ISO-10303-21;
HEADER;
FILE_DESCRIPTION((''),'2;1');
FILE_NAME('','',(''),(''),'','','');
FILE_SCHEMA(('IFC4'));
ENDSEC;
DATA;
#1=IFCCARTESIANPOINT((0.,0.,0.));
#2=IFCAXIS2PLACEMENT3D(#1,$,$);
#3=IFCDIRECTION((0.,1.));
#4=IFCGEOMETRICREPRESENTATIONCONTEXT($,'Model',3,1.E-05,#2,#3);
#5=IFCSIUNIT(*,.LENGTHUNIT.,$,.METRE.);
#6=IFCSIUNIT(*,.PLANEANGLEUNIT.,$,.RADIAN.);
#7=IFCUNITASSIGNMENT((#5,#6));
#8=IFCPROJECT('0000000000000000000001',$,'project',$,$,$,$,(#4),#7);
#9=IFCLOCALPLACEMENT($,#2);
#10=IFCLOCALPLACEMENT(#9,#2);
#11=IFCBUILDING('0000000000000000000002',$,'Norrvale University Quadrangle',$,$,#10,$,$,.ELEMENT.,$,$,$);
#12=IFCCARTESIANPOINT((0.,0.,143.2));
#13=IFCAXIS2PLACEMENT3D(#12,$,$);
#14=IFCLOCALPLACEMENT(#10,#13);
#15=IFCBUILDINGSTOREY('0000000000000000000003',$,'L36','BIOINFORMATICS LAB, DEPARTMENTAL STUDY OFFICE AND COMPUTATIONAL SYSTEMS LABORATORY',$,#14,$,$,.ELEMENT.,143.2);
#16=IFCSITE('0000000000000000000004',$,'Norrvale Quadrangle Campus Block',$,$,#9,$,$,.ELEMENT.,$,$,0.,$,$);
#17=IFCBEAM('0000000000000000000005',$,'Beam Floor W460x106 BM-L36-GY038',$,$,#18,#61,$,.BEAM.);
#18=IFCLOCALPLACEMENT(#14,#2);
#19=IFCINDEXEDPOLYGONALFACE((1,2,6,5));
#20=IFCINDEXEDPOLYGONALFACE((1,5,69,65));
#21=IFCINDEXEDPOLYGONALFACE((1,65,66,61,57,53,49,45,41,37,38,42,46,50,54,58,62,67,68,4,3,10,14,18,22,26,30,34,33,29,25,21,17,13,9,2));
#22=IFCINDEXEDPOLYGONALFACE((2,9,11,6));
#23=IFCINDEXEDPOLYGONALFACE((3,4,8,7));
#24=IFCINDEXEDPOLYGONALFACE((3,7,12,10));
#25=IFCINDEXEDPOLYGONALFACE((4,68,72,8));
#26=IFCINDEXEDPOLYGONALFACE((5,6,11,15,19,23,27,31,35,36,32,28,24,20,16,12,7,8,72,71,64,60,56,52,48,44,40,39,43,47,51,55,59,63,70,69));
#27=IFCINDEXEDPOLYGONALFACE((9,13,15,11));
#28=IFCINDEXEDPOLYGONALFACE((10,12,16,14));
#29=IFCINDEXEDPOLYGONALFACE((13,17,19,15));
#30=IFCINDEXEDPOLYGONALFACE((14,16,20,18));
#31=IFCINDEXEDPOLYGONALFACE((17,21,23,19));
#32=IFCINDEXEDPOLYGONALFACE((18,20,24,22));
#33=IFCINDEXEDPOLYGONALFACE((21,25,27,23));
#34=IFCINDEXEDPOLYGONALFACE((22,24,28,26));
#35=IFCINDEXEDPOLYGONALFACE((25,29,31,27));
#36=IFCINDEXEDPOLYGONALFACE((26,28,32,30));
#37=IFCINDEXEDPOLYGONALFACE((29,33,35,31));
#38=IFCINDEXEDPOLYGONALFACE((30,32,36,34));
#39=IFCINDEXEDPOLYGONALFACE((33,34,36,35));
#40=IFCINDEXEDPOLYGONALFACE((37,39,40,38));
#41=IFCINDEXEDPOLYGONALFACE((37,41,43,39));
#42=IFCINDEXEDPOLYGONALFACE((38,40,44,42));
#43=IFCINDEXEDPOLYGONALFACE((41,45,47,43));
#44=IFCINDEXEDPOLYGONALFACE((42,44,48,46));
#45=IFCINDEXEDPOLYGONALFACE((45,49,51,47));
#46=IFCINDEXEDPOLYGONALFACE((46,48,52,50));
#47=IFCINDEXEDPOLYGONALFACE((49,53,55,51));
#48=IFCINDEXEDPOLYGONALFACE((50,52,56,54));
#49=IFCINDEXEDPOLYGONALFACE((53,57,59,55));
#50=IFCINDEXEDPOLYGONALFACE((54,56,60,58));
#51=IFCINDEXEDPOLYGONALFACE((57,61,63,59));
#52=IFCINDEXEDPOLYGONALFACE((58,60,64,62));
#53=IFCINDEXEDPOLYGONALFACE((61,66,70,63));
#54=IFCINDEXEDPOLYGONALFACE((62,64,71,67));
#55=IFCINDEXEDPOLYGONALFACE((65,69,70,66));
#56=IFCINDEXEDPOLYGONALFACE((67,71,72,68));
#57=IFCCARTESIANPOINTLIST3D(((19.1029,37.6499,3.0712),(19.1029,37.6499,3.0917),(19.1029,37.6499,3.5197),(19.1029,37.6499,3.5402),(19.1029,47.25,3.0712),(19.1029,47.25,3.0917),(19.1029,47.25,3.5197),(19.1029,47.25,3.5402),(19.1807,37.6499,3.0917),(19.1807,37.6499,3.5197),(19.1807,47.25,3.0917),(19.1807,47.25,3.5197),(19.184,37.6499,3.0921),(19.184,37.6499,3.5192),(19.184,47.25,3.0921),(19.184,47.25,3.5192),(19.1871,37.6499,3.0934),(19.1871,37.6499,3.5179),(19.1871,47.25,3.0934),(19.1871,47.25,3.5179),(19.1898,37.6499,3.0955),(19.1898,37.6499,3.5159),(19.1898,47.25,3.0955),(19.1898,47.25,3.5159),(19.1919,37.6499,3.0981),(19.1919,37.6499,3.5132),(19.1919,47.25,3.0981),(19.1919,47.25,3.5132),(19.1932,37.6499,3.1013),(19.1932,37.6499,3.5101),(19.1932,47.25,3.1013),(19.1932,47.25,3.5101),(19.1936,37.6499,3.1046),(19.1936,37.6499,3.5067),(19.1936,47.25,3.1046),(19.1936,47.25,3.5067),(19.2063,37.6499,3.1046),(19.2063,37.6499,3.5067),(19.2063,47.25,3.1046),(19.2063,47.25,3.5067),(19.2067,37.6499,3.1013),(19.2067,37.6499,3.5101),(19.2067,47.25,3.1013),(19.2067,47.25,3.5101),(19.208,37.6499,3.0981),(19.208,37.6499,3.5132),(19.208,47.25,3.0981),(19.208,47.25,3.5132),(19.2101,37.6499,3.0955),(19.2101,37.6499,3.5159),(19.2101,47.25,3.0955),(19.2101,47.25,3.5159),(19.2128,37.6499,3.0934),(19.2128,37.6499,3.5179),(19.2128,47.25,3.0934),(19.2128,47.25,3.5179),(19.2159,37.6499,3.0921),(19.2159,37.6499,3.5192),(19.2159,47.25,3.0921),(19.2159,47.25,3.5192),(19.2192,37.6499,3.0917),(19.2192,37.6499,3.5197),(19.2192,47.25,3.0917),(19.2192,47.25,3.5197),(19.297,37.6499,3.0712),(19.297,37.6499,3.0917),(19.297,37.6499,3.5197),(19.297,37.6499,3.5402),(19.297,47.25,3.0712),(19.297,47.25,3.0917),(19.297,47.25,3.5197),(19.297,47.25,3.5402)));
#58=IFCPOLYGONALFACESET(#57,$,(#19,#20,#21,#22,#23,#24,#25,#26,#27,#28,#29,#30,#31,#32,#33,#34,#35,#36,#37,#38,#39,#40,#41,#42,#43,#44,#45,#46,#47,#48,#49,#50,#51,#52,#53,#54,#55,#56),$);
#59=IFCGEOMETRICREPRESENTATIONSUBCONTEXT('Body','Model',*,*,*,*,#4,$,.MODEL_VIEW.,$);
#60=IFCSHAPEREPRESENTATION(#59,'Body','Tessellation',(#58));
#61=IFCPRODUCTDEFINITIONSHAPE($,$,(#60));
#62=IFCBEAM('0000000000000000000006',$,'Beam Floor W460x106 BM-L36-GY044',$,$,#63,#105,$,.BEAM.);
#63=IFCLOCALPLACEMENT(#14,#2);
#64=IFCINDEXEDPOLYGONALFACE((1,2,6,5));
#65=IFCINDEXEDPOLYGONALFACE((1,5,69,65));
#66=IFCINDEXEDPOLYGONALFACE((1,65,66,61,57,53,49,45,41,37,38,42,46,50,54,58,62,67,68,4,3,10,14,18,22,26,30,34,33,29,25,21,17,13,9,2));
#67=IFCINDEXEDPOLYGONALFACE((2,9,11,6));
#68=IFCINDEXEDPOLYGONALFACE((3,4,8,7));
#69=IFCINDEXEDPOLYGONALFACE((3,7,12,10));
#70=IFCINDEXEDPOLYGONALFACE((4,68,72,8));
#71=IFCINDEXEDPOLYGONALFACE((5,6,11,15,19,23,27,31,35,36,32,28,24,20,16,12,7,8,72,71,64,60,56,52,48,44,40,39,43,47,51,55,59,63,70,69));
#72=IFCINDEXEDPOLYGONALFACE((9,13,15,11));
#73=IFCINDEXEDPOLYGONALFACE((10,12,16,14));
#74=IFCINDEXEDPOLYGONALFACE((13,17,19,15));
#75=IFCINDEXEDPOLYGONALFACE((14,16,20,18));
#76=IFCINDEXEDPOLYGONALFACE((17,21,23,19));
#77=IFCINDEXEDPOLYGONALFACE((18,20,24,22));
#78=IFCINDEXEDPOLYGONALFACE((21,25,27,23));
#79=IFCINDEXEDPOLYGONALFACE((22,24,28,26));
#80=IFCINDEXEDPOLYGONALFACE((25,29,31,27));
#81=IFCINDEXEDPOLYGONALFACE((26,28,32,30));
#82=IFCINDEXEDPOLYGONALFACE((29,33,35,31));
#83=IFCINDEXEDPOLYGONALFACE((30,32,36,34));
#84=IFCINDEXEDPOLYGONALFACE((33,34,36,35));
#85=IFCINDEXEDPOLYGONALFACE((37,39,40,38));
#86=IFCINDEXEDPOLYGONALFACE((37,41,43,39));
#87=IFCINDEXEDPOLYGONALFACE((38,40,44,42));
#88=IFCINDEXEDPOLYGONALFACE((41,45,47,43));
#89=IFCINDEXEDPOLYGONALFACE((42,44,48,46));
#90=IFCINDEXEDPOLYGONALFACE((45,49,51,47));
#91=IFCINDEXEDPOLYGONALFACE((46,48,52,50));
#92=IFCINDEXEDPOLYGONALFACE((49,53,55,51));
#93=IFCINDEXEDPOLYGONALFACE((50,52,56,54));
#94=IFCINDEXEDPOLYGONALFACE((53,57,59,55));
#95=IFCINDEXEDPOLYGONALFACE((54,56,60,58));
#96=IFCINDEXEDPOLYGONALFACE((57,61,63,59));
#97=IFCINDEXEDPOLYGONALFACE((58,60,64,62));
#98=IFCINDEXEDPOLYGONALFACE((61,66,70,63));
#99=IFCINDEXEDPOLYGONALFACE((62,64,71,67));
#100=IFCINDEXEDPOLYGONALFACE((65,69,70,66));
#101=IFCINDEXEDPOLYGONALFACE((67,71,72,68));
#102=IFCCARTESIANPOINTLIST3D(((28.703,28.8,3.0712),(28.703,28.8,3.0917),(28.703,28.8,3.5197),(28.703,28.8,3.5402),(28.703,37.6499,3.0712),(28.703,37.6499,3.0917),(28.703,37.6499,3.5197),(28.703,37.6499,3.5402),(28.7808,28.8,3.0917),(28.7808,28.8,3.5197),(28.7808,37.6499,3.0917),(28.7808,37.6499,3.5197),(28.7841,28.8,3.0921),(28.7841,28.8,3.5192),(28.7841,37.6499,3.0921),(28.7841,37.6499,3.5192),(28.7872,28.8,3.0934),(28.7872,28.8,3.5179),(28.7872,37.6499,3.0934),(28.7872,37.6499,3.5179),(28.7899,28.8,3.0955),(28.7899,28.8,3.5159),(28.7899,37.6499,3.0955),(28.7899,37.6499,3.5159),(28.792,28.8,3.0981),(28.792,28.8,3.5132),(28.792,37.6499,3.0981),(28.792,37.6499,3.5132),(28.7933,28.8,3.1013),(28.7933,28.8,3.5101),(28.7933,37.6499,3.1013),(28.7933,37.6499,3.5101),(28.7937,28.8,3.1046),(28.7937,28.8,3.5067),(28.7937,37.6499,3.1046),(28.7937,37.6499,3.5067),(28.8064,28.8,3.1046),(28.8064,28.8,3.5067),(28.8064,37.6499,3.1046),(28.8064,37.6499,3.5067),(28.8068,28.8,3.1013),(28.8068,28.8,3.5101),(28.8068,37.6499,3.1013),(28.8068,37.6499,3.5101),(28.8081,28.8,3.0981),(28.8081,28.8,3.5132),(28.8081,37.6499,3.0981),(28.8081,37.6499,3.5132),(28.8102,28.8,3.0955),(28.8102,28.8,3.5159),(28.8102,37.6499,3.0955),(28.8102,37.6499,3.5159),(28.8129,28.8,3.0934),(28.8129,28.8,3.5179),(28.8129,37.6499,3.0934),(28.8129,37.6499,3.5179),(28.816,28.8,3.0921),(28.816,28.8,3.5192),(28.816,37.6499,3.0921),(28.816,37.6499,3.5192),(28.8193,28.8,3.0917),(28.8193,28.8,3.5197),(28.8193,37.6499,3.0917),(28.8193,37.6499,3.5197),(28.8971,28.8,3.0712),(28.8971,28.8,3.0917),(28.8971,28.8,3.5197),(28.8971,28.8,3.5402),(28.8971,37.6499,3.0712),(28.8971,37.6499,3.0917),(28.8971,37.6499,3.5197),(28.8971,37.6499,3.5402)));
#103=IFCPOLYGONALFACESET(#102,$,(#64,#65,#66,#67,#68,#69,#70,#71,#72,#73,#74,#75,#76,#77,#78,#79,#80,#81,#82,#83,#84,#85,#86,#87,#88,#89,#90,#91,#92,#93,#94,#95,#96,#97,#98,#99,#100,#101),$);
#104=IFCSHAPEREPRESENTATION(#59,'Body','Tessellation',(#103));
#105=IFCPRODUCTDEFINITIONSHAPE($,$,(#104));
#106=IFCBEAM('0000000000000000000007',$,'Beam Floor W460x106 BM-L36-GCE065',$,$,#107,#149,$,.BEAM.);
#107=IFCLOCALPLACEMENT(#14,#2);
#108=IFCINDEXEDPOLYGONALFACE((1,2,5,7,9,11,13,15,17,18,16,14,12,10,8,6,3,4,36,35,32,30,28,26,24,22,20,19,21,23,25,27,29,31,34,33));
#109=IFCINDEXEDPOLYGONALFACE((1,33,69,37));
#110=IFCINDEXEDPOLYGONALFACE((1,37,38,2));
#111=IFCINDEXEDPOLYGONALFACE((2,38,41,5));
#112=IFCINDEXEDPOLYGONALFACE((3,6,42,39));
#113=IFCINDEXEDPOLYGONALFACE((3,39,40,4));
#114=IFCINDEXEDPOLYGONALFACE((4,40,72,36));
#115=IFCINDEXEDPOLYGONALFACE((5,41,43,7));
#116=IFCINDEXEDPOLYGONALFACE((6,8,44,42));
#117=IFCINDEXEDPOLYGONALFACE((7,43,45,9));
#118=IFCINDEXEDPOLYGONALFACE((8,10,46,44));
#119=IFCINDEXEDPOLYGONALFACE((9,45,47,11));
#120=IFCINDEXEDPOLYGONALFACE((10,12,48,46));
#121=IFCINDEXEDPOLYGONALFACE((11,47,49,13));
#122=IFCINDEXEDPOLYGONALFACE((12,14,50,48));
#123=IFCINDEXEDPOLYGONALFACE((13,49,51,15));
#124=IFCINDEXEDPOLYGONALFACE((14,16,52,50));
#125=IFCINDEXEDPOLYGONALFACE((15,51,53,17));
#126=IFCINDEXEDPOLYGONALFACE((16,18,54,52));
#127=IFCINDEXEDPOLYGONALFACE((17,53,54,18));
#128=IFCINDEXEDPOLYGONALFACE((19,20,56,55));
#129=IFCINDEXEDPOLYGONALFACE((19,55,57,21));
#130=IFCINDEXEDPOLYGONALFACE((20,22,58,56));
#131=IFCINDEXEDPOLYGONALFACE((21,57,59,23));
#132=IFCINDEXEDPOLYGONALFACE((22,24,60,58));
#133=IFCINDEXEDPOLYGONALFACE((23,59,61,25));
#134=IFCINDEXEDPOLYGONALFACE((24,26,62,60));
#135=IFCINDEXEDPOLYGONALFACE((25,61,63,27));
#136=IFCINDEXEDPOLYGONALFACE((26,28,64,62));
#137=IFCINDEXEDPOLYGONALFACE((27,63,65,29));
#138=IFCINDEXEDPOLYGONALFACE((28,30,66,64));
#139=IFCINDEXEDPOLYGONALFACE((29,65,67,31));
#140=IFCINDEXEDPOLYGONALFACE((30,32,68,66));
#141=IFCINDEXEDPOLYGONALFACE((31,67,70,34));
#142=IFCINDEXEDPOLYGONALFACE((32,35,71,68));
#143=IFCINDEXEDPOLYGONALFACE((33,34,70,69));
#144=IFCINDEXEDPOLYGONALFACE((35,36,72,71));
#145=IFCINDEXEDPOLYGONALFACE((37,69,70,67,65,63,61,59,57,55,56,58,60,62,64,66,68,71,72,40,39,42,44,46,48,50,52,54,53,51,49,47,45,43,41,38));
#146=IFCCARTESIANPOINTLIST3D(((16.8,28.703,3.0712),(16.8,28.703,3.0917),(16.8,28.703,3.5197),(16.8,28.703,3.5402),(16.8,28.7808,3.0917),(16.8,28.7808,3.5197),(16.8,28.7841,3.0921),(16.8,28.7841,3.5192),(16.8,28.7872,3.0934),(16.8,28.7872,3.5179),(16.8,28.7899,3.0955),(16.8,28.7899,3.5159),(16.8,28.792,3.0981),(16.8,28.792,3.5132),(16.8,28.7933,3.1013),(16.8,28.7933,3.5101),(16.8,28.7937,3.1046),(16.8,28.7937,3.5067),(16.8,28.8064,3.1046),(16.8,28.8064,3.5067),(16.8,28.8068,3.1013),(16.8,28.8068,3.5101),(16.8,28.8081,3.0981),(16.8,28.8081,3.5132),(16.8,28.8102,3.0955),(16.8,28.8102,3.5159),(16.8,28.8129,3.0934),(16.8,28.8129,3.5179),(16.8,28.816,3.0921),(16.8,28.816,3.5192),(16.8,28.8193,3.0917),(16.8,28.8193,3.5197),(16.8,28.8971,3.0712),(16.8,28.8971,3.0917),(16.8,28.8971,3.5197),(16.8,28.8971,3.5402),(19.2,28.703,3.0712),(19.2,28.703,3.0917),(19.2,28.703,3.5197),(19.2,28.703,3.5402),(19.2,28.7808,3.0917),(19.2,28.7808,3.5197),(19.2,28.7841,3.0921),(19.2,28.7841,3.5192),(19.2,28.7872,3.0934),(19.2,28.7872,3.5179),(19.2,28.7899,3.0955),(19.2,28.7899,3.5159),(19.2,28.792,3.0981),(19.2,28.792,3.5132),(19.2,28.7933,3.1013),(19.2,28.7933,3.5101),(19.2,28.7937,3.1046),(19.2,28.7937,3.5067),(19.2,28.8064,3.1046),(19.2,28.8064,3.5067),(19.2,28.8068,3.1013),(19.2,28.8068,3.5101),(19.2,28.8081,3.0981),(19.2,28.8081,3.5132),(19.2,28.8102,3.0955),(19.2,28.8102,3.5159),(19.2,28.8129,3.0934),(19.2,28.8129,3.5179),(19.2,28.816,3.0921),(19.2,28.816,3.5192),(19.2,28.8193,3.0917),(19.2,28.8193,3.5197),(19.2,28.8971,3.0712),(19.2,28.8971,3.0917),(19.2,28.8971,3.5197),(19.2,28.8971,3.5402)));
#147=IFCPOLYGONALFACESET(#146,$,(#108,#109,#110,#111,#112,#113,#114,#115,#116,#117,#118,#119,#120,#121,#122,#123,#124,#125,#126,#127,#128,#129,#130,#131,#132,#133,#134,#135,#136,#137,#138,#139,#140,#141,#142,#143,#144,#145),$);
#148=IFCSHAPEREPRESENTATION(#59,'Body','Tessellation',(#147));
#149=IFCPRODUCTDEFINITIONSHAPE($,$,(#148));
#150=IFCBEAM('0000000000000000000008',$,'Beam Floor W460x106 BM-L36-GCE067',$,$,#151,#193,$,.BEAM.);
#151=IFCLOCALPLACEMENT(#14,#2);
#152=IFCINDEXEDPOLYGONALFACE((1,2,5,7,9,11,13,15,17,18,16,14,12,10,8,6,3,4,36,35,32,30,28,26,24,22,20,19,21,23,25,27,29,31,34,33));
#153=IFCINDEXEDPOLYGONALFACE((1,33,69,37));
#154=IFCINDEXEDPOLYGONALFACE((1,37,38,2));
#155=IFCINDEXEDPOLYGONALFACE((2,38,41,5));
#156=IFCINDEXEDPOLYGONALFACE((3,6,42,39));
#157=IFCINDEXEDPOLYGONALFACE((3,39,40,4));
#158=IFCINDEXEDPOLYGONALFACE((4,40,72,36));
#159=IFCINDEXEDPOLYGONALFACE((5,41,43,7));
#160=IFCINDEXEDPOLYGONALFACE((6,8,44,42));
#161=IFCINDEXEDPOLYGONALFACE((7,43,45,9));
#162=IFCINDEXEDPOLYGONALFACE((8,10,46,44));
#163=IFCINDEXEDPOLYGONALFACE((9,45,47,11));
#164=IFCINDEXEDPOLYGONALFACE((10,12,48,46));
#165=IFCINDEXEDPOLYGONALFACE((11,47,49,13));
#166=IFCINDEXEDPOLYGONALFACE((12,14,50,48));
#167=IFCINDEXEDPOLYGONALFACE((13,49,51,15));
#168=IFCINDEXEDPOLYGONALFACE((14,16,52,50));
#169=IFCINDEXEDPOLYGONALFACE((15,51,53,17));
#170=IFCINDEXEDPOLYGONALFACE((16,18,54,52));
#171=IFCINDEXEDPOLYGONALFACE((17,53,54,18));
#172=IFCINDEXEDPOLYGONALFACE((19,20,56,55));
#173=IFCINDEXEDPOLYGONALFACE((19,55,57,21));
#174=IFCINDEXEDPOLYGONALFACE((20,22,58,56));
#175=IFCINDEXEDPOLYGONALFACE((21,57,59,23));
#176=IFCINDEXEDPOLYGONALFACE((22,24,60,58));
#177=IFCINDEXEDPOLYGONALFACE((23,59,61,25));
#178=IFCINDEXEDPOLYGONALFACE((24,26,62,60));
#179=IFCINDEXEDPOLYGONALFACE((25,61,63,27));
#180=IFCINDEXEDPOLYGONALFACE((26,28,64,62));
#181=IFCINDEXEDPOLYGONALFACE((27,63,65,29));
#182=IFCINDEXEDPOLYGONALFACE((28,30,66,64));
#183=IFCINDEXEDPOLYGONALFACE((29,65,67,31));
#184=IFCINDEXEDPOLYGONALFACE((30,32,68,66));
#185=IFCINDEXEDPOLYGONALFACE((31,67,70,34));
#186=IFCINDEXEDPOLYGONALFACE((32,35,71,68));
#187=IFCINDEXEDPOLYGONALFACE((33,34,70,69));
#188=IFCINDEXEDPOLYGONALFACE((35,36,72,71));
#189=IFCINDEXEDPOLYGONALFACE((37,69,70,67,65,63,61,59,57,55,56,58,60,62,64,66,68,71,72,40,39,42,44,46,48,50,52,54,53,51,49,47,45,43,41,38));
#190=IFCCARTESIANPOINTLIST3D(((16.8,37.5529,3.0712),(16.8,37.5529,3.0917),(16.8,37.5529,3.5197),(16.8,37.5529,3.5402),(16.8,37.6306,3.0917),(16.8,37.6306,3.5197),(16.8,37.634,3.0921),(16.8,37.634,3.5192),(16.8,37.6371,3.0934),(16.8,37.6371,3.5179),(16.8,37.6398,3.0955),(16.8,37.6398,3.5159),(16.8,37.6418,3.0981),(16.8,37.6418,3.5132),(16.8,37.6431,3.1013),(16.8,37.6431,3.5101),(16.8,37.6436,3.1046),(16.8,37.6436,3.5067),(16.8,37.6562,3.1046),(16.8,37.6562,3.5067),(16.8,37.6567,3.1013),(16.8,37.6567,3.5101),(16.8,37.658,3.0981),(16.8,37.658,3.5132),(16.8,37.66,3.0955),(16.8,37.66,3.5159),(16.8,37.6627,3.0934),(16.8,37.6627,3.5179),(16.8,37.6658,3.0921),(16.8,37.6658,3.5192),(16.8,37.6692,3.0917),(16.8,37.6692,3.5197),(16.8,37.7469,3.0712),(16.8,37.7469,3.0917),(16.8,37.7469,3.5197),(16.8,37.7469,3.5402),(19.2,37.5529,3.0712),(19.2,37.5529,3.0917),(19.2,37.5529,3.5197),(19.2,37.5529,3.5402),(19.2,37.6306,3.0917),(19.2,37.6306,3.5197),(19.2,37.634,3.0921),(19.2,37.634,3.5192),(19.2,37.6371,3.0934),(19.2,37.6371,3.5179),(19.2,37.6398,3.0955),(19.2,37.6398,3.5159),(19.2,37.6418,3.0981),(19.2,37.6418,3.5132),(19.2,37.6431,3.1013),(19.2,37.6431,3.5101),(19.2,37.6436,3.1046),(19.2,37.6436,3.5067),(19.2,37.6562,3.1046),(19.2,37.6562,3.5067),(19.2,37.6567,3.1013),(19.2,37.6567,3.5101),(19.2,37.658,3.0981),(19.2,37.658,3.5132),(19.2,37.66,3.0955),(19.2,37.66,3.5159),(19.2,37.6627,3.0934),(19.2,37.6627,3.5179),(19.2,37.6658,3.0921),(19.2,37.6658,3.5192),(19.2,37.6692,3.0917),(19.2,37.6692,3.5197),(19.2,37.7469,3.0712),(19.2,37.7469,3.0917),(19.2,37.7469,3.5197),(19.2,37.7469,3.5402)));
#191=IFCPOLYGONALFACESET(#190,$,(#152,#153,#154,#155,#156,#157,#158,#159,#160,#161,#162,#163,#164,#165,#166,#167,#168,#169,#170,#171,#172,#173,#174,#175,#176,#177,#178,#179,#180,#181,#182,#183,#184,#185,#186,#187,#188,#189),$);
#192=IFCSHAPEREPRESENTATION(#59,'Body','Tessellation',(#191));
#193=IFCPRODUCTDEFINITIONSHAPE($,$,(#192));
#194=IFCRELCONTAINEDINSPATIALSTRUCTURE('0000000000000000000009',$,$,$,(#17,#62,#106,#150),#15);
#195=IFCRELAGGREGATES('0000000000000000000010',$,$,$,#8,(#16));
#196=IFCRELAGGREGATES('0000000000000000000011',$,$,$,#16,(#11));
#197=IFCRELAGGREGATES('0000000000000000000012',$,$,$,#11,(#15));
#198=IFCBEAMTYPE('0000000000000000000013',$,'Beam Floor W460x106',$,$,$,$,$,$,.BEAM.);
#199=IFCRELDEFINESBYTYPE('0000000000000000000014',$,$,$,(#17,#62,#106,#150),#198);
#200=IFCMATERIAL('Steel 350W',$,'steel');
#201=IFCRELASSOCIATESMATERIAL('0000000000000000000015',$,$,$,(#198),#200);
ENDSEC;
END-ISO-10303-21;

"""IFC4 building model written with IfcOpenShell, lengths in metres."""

from ifc_helpers import new_model, si_unit, direction, frame, origin, origin_2d, place, context, subcontext, project, spatial, i_section, extrude, material, material_profile, profile_set, type_object, element, save


model = new_model("IFC4")

# Units and contexts
model_context = context("Model", 3, precision=1e-05, world=origin(), true_north=direction((0.0, 1.0)))
body_context = subcontext(model_context, "Body", "Model", "MODEL_VIEW")
ifc_project = project(units=[si_unit("LENGTHUNIT", "METRE"), si_unit("PLANEANGLEUNIT", "RADIAN")], contexts=[model_context])

# Site, building, storey
site_placement = place(None, origin())
site = spatial("IfcSite", under=ifc_project, at=site_placement, Name="Norrvale Quadrangle Campus Block", CompositionType="ELEMENT", RefElevation=0.0)
building_placement = place(site_placement, origin())
building = spatial("IfcBuilding", under=site, at=building_placement, Name="Norrvale University Quadrangle", CompositionType="ELEMENT")
storey_placement = place(building_placement, frame((0.0, 0.0, 143.2)))
storey = spatial("IfcBuildingStorey", under=building, at=storey_placement, Name="L36", Description="BIOINFORMATICS LAB, DEPARTMENTAL STUDY OFFICE AND COMPUTATIONAL SYSTEMS LABORATORY", CompositionType="ELEMENT", Elevation=143.2)

# Beams
ifc_material_1 = material(Name="Steel 350W", Category="steel")
ifc_material_profile_1 = material_profile(ifc_material_1, i_section(OverallWidth=0.1941, OverallDepth=0.469, WebThickness=0.0127, FlangeThickness=0.0205, FilletRadius=0.0129, at=origin_2d()), Name="Steel 350W")
ifc_profile_set_1 = profile_set([ifc_material_profile_1], Name="Steel 350W")
beam_type_1 = type_object("IfcBeamType", Name="Beam Floor W460x106", PredefinedType="BEAM", material=ifc_profile_set_1)
beam_1_placement = place(storey_placement, frame((19.2, 37.6499, 3.3057), z_axis=(0.0, 1.0, 0.0), x_axis=(-1.0, 0.0, 0.0)))
element("IfcBeam", 1, at=beam_1_placement, inside=storey, type_object=beam_type_1, Name="Beam Floor W460x106 BM-L36-GY038", PredefinedType="BEAM", context=body_context, shape_type="SweptSolid", body=[
    extrude(i_section(OverallWidth=0.1941, OverallDepth=0.469, WebThickness=0.0127, FlangeThickness=0.0205, FilletRadius=0.0129, at=origin_2d()), origin(), (0.0, 0.0, 1.0), 9.6001),
])
beam_2_placement = place(storey_placement, frame((28.8, 28.8, 3.3057), z_axis=(0.0, 1.0, 0.0), x_axis=(-1.0, 0.0, 0.0)))
element("IfcBeam", 2, at=beam_2_placement, inside=storey, type_object=beam_type_1, Name="Beam Floor W460x106 BM-L36-GY044", PredefinedType="BEAM", context=body_context, shape_type="SweptSolid", body=[
    extrude(i_section(OverallWidth=0.1941, OverallDepth=0.469, WebThickness=0.0127, FlangeThickness=0.0205, FilletRadius=0.0129, at=origin_2d()), origin(), (0.0, 0.0, 1.0), 8.8499),
])
for number, where, z_axis, x_axis, name in (
    (3, (16.8, 28.8, 3.3057), (1.0, 0.0, 0.0), (0.0, 1.0, 0.0), "Beam Floor W460x106 BM-L36-GCE065"),
    (4, (16.8, 37.6499, 3.3057), (1.0, 0.0, 0.0), (0.0, 1.0, 0.0), "Beam Floor W460x106 BM-L36-GCE067"),
):
    element("IfcBeam", number, at=place(storey_placement, frame(where, z_axis=z_axis, x_axis=x_axis)), inside=storey, type_object=beam_type_1, Name=name, PredefinedType="BEAM", context=body_context, shape_type="SweptSolid", body=[
        extrude(i_section(OverallWidth=0.1941, OverallDepth=0.469, WebThickness=0.0127, FlangeThickness=0.0205, FilletRadius=0.0129, at=origin_2d()), origin(), (0.0, 0.0, 1.0), 2.3999),
    ])

save(model, "model.ifc")
